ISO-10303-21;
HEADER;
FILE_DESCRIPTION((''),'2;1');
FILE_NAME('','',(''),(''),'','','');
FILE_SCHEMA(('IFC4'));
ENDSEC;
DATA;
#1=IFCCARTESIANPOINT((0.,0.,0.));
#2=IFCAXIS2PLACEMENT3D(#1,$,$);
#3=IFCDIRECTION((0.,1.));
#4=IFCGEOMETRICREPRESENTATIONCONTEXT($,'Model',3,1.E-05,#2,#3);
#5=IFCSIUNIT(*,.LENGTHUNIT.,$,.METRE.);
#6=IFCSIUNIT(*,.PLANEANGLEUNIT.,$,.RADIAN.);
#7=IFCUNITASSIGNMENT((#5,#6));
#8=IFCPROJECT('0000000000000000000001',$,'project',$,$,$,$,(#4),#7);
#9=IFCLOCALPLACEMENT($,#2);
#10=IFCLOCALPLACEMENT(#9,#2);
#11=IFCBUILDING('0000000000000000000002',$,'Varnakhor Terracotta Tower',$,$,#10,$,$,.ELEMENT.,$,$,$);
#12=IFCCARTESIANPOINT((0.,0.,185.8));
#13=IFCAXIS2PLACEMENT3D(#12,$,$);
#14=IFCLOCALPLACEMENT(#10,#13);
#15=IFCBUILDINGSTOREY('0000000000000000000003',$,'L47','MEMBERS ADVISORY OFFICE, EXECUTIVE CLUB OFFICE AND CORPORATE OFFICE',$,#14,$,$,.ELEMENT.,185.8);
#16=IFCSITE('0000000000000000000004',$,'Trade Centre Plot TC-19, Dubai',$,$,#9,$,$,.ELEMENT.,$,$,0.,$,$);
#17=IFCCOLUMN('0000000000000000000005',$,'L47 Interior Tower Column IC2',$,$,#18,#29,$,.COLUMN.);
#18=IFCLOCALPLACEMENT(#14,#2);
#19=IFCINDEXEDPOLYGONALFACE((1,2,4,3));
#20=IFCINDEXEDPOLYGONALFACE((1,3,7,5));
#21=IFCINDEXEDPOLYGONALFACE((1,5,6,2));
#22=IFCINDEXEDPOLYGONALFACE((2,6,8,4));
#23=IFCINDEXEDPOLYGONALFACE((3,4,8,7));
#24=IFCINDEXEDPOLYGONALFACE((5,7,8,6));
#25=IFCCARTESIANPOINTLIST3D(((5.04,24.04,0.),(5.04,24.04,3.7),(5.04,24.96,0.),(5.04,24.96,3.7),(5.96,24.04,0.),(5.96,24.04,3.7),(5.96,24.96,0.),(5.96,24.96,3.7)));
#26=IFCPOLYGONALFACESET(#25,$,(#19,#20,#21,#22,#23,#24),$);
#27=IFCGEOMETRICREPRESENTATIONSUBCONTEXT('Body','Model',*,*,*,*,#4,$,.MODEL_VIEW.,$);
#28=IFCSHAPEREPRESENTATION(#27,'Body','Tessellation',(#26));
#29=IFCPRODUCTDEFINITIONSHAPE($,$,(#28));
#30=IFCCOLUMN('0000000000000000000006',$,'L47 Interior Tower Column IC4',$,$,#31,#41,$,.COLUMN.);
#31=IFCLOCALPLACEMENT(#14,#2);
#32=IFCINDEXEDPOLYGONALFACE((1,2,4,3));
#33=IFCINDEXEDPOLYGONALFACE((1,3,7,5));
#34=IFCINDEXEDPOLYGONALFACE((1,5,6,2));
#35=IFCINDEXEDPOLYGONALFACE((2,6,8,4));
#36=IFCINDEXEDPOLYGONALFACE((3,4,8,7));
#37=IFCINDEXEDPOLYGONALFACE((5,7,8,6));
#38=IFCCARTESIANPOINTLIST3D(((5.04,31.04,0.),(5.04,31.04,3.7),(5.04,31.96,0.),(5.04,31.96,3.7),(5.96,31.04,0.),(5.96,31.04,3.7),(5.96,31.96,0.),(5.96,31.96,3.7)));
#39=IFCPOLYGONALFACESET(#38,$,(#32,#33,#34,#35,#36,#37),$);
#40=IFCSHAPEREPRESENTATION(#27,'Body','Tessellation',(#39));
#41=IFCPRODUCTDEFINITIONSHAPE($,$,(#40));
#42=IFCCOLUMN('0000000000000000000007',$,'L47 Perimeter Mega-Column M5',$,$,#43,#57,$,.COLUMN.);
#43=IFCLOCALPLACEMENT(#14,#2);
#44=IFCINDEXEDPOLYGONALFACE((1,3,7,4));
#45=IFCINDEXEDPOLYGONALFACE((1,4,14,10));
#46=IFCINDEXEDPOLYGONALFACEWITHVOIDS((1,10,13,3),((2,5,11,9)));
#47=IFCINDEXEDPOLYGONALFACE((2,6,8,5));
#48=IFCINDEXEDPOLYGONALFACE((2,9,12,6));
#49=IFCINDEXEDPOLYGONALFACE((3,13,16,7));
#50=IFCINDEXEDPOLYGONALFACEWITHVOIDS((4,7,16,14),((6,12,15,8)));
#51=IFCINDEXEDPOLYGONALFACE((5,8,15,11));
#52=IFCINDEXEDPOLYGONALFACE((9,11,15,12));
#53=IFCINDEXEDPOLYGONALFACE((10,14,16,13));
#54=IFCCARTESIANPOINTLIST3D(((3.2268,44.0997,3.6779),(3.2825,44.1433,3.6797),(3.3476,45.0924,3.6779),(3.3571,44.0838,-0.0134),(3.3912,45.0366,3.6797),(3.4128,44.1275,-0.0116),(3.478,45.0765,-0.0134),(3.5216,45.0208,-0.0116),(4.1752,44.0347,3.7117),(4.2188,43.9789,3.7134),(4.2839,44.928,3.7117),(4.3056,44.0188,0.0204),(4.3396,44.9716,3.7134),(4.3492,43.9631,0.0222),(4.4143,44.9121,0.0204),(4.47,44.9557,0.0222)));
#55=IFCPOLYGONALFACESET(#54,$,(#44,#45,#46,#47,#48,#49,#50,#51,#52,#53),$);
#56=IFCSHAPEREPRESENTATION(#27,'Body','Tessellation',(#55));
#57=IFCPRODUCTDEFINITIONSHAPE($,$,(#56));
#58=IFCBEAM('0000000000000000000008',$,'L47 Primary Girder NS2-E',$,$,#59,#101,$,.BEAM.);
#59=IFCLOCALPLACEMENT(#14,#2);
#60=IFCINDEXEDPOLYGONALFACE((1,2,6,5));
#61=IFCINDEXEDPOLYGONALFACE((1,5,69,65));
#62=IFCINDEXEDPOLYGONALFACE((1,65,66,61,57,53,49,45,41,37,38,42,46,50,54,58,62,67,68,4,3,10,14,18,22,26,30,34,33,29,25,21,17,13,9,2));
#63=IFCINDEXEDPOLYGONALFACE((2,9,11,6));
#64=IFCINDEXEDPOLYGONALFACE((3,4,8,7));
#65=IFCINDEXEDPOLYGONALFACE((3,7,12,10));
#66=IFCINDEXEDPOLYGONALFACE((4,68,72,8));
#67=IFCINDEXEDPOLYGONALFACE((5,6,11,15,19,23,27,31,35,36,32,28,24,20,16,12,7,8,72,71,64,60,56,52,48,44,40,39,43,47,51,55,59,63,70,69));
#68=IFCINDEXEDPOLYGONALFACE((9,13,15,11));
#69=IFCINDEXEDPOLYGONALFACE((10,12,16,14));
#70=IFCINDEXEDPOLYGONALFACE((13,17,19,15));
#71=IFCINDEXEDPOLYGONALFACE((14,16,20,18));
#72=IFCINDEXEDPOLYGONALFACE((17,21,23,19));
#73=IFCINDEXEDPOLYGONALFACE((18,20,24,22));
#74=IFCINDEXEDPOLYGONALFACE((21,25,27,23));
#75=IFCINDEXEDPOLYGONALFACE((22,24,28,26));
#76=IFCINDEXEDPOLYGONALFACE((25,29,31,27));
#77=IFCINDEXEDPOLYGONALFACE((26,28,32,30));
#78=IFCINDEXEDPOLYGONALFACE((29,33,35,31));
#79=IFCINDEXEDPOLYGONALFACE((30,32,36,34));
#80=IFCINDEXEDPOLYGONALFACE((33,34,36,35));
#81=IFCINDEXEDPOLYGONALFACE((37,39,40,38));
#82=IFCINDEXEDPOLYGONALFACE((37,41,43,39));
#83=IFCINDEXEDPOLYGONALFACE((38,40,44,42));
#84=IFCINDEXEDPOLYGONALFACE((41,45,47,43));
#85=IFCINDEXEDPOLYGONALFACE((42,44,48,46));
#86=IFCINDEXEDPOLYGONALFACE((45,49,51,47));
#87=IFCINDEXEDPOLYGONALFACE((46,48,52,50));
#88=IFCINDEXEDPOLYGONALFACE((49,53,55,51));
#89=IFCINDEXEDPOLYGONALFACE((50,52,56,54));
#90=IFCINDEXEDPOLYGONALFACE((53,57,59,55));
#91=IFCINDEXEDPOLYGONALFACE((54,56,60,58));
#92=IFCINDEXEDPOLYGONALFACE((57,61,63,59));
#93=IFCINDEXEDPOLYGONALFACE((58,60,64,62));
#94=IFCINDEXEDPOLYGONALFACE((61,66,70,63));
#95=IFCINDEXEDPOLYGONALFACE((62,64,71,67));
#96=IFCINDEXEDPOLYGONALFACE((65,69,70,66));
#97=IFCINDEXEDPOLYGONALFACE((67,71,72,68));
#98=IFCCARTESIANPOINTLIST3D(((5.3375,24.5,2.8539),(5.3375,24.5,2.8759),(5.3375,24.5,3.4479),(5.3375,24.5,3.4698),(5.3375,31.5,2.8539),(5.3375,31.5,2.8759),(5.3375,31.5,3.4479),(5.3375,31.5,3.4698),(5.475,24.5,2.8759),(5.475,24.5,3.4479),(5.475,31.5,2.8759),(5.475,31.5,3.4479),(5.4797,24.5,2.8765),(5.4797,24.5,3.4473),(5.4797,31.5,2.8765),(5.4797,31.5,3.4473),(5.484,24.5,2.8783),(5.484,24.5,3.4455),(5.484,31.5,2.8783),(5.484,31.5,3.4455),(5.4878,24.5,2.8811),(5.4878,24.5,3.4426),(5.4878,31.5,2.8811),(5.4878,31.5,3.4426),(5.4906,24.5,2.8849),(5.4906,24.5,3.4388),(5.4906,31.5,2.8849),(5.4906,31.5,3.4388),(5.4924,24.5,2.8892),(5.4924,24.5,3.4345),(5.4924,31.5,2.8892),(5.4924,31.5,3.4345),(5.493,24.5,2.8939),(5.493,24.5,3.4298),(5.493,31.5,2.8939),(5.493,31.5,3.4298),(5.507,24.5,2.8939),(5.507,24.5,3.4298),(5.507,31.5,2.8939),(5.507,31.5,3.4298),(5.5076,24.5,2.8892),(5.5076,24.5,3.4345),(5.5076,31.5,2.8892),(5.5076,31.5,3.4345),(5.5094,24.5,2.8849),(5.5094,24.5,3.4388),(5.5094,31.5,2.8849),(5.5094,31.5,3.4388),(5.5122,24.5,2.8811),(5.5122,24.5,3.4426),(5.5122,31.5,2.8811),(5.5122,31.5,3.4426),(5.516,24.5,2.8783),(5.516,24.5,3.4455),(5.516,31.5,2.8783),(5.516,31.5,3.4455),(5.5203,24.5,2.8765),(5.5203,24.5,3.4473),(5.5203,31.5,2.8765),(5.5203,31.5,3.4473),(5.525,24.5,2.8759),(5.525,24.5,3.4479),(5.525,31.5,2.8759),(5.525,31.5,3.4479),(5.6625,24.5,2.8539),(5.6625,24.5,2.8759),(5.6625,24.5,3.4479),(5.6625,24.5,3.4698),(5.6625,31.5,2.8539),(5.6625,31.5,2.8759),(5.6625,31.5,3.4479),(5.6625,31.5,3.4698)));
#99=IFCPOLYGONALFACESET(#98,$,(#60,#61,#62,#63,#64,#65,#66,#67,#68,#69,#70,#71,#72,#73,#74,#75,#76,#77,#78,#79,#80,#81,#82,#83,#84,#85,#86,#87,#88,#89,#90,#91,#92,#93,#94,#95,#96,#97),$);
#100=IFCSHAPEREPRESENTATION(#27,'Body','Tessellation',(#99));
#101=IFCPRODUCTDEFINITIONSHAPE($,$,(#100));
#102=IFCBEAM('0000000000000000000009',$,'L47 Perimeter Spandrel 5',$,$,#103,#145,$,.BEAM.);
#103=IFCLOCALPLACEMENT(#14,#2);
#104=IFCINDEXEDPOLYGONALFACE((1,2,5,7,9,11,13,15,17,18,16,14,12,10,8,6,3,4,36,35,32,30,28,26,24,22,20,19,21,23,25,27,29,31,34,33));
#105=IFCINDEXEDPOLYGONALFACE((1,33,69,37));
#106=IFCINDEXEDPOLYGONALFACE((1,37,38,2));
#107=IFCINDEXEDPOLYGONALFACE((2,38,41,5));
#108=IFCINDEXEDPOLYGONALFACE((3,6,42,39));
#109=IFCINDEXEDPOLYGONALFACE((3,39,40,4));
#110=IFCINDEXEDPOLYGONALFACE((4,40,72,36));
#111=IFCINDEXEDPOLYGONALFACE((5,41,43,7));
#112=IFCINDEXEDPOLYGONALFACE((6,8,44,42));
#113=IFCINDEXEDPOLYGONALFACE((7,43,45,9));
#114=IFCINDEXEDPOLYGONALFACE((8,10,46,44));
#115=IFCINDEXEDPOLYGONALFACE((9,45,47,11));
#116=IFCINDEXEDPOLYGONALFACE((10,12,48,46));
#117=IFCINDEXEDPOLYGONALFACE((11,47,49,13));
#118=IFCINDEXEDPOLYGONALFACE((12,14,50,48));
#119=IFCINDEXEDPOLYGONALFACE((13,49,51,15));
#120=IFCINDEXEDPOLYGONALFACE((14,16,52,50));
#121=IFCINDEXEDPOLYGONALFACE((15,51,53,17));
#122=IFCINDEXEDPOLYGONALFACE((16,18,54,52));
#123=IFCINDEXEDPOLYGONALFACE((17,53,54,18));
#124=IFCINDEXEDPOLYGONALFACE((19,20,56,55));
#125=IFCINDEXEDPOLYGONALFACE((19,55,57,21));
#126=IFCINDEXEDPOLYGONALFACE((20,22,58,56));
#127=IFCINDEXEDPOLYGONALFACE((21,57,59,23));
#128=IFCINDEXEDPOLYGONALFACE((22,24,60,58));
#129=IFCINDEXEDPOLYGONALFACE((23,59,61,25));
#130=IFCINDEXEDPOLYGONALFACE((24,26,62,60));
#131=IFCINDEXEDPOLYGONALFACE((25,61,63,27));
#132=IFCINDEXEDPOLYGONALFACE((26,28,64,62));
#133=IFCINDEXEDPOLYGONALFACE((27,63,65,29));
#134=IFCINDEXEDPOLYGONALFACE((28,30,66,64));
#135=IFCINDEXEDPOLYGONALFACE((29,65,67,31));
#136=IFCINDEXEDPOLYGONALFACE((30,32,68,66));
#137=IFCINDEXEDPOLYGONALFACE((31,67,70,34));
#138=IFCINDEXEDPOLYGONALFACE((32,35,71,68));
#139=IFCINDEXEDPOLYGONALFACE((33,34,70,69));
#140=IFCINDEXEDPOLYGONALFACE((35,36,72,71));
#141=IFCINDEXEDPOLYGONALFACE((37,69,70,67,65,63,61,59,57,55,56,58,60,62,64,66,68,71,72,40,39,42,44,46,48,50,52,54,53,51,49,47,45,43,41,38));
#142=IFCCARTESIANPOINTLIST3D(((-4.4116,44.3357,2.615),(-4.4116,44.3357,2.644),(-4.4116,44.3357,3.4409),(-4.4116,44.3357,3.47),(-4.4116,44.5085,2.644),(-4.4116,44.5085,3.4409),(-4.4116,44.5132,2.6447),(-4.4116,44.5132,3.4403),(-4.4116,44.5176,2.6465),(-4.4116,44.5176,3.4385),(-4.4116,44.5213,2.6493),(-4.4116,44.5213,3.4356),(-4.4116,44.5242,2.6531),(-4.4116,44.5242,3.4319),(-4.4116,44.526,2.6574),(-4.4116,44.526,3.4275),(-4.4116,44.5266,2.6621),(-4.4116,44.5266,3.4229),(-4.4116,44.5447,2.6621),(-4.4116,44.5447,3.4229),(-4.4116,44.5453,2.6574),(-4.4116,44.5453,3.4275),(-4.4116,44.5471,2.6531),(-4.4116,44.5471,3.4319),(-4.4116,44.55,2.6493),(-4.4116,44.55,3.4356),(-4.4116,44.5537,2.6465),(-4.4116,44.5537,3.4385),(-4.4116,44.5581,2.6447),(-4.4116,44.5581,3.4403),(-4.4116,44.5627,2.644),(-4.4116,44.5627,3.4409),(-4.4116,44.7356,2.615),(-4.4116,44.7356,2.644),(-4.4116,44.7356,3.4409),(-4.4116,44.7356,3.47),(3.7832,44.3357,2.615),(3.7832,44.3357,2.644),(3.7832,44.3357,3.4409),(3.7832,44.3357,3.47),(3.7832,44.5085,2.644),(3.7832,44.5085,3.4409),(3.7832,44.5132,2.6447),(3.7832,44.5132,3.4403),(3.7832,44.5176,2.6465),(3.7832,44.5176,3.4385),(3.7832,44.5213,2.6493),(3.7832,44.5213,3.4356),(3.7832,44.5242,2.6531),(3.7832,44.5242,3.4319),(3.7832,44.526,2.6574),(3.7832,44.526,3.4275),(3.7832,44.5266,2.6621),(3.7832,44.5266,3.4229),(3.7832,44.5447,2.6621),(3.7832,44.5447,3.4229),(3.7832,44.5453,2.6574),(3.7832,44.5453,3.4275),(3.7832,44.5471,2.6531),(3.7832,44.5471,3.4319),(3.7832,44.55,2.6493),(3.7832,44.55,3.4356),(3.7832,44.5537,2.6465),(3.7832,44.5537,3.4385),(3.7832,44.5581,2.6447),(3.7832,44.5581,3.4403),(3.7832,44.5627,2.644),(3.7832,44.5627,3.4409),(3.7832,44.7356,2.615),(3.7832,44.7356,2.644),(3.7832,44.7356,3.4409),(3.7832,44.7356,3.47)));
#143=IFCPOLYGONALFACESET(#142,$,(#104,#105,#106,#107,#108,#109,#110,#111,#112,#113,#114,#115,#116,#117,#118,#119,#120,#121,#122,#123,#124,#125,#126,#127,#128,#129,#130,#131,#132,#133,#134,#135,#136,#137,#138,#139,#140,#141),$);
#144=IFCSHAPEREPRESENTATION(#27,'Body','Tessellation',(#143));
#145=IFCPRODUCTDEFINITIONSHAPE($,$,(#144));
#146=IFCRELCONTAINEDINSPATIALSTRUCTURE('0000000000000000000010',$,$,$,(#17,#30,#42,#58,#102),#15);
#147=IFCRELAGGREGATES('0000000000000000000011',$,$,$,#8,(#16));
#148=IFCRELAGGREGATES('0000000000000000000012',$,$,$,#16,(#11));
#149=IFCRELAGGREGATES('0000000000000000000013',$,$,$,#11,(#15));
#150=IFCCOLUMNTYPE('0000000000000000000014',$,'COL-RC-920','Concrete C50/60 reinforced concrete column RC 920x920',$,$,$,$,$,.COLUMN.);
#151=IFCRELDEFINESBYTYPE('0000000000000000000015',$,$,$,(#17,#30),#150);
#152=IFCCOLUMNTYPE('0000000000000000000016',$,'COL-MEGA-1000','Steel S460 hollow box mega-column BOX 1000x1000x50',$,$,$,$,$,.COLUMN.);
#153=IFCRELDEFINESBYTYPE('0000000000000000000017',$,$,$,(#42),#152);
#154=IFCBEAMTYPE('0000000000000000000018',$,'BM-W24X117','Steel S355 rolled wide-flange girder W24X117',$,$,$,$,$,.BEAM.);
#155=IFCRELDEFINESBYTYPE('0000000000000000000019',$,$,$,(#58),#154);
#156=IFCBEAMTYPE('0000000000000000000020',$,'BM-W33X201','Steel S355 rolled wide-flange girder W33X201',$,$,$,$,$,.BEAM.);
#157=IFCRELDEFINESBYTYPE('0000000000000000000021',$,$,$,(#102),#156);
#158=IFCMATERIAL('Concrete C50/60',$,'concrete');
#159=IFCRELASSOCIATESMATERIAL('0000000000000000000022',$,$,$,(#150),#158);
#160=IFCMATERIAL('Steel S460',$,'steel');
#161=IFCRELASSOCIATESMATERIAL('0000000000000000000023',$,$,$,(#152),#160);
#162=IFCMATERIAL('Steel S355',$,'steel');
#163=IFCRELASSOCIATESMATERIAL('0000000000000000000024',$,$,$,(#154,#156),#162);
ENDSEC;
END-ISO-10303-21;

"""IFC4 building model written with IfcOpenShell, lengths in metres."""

from ifc_helpers import new_model, si_unit, direction, frame, origin, origin_2d, place, context, subcontext, project, spatial, rectangle, hollow_rectangle, i_section, extrude, source, transform, mapped, material, material_profile, profile_set, type_object, element, save


model = new_model("IFC4")

# Units and contexts
model_context = context("Model", 3, precision=1e-05, world=origin(), true_north=direction((0.0, 1.0)))
body_context = subcontext(model_context, "Body", "Model", "MODEL_VIEW")
ifc_project = project(units=[si_unit("LENGTHUNIT", "METRE"), si_unit("PLANEANGLEUNIT", "RADIAN")], contexts=[model_context])

# Site, building, storey
site_placement = place(None, origin())
site = spatial("IfcSite", under=ifc_project, at=site_placement, Name="Trade Centre Plot TC-19, Dubai", CompositionType="ELEMENT", RefElevation=0.0)
building_placement = place(site_placement, origin())
building = spatial("IfcBuilding", under=site, at=building_placement, Name="Varnakhor Terracotta Tower", CompositionType="ELEMENT")
storey_placement = place(building_placement, frame((0.0, 0.0, 185.8)))
storey = spatial("IfcBuildingStorey", under=building, at=storey_placement, Name="L47", Description="MEMBERS ADVISORY OFFICE, EXECUTIVE CLUB OFFICE AND CORPORATE OFFICE", CompositionType="ELEMENT", Elevation=185.8)

# Columns
ifc_material_1 = material(Name="Concrete C50/60", Category="concrete")
ifc_material_profile_1 = material_profile(ifc_material_1, rectangle(XDim=0.9199, YDim=0.9199, at=origin_2d()), Name="RC 920x920")
ifc_profile_set_1 = profile_set([ifc_material_profile_1], Name="Concrete C50/60")
column_type_1 = type_object("IfcColumnType", Name="COL-RC-920", Description="Concrete C50/60 reinforced concrete column RC 920x920", PredefinedType="COLUMN", material=ifc_profile_set_1)
shared_shape_1 = source(origin(), body_context, "Body", "SweptSolid", [
    extrude(rectangle(XDim=0.9199, YDim=0.9199, at=origin_2d()), origin(), (0.0, 0.0, 1.0), 3.7),
])
for number, where, z_axis, x_axis, name in (
    (1, (5.5, 24.5, 0.0), (0.0, 0.0, 1.0), (1.0, 0.0, 0.0), "L47 Interior Tower Column IC2"),
    (2, (5.5, 31.5, 0.0), (0.0, 0.0, 1.0), (1.0, 0.0, 0.0), "L47 Interior Tower Column IC4"),
):
    element("IfcColumn", number, at=place(storey_placement, frame(where, z_axis=z_axis, x_axis=x_axis)), inside=storey, type_object=column_type_1, Name=name, PredefinedType="COLUMN", context=body_context, shape_type="MappedRepresentation", body=[
        mapped(shared_shape_1, transform((0.0, 0.0, 0.0), scale=1.0)),
    ])
ifc_material_2 = material(Name="Steel S460", Category="steel")
ifc_material_profile_2 = material_profile(ifc_material_2, hollow_rectangle(XDim=1.0, YDim=1.0, WallThickness=0.05, at=origin_2d()), Name="BOX 1000x1000x50")
ifc_profile_set_2 = profile_set([ifc_material_profile_2], Name="Steel S460")
column_type_2 = type_object("IfcColumnType", Name="COL-MEGA-1000", Description="Steel S460 hollow box mega-column BOX 1000x1000x50", PredefinedType="COLUMN", material=ifc_profile_set_2)
shared_shape_2 = source(origin(), body_context, "Body", "SweptSolid", [
    extrude(hollow_rectangle(XDim=1.0, YDim=1.0, WallThickness=0.05, at=origin_2d()), origin(), (0.0, 0.0, 1.0), 3.6936),
])
column_placement = place(storey_placement, frame((3.9136, 44.5198, 0.0044), z_axis=(-0.035297, 0.004297, 0.999368), x_axis=(-0.120831, -0.992673, 0.0)))
element("IfcColumn", 3, at=column_placement, inside=storey, type_object=column_type_2, Name="L47 Perimeter Mega-Column M5", PredefinedType="COLUMN", context=body_context, shape_type="MappedRepresentation", body=[
    mapped(shared_shape_2, transform((0.0, 0.0, 0.0), scale=1.0)),
])

# Beams
ifc_material_3 = material(Name="Steel S355", Category="steel")
ifc_material_profile_3 = material_profile(ifc_material_3, i_section(OverallWidth=0.325, OverallDepth=0.616, WebThickness=0.0139, FlangeThickness=0.022, FilletRadius=0.0181, at=origin_2d()), Name="W24X117")
ifc_profile_set_3 = profile_set([ifc_material_profile_3], Name="Steel S355")
beam_type_1 = type_object("IfcBeamType", Name="BM-W24X117", Description="Steel S355 rolled wide-flange girder W24X117", PredefinedType="BEAM", material=ifc_profile_set_3)
shared_shape_3 = source(origin(), body_context, "Body", "SweptSolid", [
    extrude(i_section(OverallWidth=0.325, OverallDepth=0.616, WebThickness=0.0139, FlangeThickness=0.022, FilletRadius=0.0181, at=origin_2d()), origin(), (0.0, 0.0, 1.0), 7.0),
])
beam_1_placement = place(storey_placement, frame((5.5, 24.5, 3.1619), z_axis=(0.0, 1.0, 0.0), x_axis=(-1.0, 0.0, 0.0)))
element("IfcBeam", 4, at=beam_1_placement, inside=storey, type_object=beam_type_1, Name="L47 Primary Girder NS2-E", PredefinedType="BEAM", context=body_context, shape_type="MappedRepresentation", body=[
    mapped(shared_shape_3, transform((0.0, 0.0, 0.0), scale=1.0)),
])
ifc_material_profile_4 = material_profile(ifc_material_3, i_section(OverallWidth=0.3999, OverallDepth=0.855, WebThickness=0.0181, FlangeThickness=0.0291, FilletRadius=0.0181, at=origin_2d()), Name="W33X201")
ifc_profile_set_4 = profile_set([ifc_material_profile_4], Name="Steel S355")
beam_type_2 = type_object("IfcBeamType", Name="BM-W33X201", Description="Steel S355 rolled wide-flange girder W33X201", PredefinedType="BEAM", material=ifc_profile_set_4)
shared_shape_4 = source(origin(), body_context, "Body", "SweptSolid", [
    extrude(i_section(OverallWidth=0.3999, OverallDepth=0.855, WebThickness=0.0181, FlangeThickness=0.0291, FilletRadius=0.0181, at=origin_2d()), origin(), (0.0, 0.0, 1.0), 8.1948),
])
beam_2_placement = place(storey_placement, frame((3.7832, 44.5356, 3.0425), z_axis=(-1.0, 0.0, 0.0), x_axis=(0.0, -1.0, 0.0)))
element("IfcBeam", 5, at=beam_2_placement, inside=storey, type_object=beam_type_2, Name="L47 Perimeter Spandrel 5", PredefinedType="BEAM", context=body_context, shape_type="MappedRepresentation", body=[
    mapped(shared_shape_4, transform((0.0, 0.0, 0.0), scale=1.0)),
])

save(model, "model.ifc")
